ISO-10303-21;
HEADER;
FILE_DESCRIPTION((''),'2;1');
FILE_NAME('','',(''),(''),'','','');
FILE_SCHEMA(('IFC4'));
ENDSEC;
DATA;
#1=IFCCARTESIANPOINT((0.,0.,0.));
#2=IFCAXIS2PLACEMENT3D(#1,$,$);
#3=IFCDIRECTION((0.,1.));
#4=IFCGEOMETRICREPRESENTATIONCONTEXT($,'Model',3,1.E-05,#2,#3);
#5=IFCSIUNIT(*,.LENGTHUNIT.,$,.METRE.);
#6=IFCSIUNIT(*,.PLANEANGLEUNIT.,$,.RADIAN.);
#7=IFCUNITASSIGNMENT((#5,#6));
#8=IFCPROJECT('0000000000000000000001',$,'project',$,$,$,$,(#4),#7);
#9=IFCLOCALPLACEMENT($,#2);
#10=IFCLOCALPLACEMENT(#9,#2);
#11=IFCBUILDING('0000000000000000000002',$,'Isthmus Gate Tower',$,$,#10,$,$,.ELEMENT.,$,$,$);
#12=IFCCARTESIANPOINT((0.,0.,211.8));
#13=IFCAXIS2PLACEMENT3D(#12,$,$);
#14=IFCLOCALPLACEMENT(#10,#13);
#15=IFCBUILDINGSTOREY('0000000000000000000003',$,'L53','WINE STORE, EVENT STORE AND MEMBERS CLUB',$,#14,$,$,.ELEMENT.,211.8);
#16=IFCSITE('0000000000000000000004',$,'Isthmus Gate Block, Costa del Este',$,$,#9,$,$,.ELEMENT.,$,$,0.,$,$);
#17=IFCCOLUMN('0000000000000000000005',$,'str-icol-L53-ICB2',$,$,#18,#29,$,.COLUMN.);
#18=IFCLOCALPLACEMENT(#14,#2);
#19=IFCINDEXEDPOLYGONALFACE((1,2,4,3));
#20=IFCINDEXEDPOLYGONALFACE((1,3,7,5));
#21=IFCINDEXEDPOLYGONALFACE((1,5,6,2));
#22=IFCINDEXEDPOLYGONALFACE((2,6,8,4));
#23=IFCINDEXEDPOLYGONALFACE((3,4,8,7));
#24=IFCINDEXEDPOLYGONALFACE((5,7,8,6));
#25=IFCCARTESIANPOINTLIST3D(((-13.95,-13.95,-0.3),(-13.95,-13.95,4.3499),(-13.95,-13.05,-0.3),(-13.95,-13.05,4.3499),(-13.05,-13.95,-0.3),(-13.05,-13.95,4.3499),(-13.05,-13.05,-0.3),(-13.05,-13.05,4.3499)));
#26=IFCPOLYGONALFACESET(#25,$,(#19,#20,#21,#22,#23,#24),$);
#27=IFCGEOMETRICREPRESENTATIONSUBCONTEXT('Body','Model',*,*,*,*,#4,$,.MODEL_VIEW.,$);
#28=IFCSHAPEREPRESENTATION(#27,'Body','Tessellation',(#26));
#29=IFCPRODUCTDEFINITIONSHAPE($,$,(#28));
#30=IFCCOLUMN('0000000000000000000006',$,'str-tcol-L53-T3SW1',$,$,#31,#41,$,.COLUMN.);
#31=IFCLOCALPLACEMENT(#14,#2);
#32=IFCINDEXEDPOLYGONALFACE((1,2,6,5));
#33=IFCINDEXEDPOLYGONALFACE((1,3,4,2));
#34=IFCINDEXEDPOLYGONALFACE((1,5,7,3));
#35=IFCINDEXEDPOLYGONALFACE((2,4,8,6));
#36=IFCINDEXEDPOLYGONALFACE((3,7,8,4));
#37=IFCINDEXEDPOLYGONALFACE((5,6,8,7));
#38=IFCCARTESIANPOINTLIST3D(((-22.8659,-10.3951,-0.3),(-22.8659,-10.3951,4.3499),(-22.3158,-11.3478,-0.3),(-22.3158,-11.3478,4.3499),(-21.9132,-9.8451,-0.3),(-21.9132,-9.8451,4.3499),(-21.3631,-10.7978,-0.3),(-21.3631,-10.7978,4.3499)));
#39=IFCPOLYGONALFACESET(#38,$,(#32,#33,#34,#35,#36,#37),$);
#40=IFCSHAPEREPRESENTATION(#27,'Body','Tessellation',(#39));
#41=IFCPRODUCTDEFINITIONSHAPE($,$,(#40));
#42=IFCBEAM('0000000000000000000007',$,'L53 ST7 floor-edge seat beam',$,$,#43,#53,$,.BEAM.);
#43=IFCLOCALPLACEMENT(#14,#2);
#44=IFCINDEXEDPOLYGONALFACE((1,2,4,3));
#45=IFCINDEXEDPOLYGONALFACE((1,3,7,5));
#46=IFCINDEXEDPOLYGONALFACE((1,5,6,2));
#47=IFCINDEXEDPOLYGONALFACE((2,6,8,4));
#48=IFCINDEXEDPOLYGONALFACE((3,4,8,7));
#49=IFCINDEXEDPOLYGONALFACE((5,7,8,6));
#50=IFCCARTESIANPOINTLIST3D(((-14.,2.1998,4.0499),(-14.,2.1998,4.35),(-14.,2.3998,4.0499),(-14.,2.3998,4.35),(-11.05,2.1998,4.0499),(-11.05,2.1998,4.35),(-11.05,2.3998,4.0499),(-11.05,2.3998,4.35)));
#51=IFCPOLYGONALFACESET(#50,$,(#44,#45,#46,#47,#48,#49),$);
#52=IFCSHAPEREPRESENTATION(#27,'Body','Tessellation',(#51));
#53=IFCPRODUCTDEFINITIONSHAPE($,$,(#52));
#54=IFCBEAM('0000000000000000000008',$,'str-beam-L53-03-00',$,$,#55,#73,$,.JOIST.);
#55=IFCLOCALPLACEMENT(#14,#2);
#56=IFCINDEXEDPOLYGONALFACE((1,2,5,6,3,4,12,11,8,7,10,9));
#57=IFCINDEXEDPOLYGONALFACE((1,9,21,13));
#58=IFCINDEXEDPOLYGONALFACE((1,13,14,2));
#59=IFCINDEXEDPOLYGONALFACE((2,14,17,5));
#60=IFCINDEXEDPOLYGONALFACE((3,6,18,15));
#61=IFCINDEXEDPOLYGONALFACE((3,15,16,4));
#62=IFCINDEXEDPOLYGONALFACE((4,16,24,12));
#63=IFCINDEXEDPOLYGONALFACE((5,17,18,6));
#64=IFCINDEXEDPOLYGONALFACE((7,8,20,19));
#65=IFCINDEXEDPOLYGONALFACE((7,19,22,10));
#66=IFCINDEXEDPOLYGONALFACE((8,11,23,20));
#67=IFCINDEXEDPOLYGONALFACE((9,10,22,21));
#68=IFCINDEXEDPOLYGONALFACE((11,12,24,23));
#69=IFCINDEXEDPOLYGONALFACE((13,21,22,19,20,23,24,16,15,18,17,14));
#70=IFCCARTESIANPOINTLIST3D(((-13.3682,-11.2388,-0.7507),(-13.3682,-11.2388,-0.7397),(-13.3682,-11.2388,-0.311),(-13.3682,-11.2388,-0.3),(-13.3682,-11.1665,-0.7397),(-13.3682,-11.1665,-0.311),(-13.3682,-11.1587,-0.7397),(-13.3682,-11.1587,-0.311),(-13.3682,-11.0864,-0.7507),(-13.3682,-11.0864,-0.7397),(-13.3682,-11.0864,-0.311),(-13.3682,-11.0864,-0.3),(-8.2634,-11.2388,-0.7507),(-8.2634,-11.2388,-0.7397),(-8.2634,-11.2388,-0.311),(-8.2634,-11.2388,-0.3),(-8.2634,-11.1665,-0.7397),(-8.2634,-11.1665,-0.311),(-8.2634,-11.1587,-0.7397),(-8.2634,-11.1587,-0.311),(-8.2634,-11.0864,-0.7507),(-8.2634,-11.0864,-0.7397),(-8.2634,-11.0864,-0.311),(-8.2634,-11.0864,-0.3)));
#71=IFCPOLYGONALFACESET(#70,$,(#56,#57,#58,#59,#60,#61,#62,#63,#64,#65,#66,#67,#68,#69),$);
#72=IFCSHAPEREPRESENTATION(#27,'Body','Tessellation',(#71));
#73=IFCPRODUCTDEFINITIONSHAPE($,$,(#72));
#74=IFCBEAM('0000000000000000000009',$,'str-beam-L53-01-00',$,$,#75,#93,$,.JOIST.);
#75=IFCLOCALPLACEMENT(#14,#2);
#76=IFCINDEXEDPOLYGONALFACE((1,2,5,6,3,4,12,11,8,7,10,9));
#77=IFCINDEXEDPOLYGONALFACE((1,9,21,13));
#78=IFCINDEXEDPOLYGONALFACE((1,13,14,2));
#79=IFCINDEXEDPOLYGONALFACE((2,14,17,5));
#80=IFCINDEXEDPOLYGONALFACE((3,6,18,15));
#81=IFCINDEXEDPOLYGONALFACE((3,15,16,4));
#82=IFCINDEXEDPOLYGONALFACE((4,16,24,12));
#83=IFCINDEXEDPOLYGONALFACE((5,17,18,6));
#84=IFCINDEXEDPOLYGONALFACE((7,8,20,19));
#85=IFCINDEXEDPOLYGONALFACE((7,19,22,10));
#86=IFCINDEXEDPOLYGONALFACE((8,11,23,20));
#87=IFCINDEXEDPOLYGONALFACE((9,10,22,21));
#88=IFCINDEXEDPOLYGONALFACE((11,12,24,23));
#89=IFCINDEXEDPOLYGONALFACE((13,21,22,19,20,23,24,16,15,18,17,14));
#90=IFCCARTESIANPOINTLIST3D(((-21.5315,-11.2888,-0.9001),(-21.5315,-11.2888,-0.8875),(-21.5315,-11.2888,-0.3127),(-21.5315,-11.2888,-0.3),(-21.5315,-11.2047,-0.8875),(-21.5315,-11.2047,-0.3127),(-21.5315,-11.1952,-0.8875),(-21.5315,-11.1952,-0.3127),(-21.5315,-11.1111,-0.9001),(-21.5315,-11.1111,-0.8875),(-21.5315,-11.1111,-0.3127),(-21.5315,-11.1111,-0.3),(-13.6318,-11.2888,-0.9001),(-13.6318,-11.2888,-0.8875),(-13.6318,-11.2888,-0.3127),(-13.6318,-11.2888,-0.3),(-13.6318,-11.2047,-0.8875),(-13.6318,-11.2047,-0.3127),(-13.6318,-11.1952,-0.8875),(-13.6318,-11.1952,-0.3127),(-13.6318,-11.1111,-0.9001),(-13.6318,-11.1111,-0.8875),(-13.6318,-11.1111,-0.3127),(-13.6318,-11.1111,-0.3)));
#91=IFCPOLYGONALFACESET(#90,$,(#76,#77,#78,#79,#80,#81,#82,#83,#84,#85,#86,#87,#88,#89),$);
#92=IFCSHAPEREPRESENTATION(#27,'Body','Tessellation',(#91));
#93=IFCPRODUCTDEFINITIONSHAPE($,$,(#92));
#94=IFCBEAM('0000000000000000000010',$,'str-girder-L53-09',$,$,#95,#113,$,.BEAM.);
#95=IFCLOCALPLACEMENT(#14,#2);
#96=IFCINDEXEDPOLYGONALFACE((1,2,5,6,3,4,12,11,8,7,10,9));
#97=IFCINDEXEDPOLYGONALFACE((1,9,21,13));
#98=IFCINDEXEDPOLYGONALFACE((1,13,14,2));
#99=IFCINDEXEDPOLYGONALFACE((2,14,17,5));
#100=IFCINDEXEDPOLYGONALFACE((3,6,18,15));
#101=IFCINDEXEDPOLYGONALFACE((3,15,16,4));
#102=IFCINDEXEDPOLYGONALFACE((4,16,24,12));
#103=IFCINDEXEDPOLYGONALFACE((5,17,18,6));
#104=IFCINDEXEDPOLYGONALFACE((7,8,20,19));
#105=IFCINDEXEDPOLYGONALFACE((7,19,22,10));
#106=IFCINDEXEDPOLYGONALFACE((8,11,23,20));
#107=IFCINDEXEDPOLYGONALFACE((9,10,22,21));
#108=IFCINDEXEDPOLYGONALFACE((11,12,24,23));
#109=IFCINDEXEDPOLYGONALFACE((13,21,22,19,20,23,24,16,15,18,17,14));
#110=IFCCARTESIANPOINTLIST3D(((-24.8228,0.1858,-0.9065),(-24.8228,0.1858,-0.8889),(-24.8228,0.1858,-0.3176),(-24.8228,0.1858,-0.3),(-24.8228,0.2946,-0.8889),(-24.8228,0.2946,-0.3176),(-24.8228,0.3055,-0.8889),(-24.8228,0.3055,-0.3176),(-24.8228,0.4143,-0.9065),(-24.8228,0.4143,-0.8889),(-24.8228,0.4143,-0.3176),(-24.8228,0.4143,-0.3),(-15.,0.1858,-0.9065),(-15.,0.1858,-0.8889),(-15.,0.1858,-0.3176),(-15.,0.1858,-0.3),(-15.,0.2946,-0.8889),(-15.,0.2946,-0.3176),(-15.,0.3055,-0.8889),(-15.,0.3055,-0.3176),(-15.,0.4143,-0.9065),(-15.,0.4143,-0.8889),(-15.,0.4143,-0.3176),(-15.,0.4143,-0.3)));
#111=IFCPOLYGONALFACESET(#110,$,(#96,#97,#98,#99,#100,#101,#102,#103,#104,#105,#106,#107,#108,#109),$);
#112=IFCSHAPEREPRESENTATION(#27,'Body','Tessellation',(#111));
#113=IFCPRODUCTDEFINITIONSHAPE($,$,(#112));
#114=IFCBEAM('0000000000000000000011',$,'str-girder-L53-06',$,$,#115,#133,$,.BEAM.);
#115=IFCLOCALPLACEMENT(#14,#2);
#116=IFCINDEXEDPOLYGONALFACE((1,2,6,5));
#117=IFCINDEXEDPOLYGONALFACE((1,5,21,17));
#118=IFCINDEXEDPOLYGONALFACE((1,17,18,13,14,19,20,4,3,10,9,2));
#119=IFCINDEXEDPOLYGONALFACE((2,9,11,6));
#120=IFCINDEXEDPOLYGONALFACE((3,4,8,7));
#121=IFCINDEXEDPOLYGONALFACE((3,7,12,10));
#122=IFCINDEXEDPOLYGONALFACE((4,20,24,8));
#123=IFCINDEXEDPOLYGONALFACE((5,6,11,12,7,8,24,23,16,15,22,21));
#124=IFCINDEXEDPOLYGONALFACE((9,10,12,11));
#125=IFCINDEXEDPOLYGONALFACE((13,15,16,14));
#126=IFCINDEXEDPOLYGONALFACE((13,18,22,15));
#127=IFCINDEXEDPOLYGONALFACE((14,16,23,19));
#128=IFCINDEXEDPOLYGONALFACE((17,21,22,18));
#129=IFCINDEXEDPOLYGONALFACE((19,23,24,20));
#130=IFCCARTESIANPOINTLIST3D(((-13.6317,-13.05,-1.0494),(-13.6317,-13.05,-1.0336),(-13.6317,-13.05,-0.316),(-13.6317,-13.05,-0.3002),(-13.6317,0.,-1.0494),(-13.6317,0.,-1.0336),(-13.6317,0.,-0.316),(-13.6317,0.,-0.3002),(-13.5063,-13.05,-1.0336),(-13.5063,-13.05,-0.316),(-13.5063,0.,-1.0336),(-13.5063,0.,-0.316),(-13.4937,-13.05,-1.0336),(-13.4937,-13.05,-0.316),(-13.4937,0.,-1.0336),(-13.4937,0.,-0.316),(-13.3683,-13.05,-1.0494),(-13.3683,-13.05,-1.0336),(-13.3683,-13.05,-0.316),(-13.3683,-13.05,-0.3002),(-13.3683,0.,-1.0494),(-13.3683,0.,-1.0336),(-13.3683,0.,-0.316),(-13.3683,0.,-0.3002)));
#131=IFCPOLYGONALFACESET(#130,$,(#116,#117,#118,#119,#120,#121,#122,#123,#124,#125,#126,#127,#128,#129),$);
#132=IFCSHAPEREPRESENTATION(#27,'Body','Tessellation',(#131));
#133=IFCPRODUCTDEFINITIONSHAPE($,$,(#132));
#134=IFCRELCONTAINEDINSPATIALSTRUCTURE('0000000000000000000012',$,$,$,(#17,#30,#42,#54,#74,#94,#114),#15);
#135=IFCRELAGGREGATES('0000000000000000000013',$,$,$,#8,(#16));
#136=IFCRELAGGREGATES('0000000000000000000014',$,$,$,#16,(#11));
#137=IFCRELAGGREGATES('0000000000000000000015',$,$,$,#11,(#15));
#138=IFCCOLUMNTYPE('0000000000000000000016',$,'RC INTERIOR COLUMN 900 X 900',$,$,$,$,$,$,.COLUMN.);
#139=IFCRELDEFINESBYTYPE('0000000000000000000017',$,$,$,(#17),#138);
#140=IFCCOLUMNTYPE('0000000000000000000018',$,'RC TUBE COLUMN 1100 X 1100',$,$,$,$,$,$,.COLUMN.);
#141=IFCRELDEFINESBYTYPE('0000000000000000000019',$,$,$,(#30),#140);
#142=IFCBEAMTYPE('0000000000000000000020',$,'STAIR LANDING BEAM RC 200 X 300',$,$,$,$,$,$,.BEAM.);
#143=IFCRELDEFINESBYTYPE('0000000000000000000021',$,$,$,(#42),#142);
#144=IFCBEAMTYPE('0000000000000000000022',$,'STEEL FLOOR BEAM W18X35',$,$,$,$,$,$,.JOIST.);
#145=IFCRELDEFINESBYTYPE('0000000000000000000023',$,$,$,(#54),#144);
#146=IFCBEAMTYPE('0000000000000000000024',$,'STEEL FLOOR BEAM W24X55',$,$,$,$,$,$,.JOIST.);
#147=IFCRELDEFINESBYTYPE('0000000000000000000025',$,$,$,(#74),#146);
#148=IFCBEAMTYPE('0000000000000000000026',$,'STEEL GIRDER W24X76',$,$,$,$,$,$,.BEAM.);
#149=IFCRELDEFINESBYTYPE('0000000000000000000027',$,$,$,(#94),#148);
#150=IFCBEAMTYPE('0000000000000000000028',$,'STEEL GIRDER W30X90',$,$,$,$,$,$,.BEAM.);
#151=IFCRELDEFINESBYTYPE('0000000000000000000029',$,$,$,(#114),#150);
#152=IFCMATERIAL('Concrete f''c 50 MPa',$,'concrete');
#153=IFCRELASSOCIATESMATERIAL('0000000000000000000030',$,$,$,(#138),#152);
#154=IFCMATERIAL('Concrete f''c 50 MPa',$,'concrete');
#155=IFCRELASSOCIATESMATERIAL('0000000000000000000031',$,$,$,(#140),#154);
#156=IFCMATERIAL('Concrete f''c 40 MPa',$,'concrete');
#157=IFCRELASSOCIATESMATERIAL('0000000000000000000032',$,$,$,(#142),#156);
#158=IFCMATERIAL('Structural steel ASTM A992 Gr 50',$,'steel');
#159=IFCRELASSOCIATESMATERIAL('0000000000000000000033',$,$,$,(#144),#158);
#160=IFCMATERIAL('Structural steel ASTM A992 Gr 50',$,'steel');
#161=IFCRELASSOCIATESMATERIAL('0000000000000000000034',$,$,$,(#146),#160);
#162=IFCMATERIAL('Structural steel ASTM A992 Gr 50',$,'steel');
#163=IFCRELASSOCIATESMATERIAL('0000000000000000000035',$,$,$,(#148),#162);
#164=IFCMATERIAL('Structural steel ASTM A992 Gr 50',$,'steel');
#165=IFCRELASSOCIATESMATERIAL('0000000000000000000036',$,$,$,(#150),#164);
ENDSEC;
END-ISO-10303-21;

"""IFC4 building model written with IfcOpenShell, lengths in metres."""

from ifc_helpers import new_model, si_unit, direction, frame, origin, origin_2d, place, context, subcontext, project, spatial, rectangle, i_section, extrude, material, material_profile, profile_set, type_object, element, save


model = new_model("IFC4")

# Units and contexts
model_context = context("Model", 3, precision=1e-05, world=origin(), true_north=direction((0.0, 1.0)))
body_context = subcontext(model_context, "Body", "Model", "MODEL_VIEW")
ifc_project = project(units=[si_unit("LENGTHUNIT", "METRE"), si_unit("PLANEANGLEUNIT", "RADIAN")], contexts=[model_context])

# Site, building, storey
site_placement = place(None, origin())
site = spatial("IfcSite", under=ifc_project, at=site_placement, Name="Isthmus Gate Block, Costa del Este", CompositionType="ELEMENT", RefElevation=0.0)
building_placement = place(site_placement, origin())
building = spatial("IfcBuilding", under=site, at=building_placement, Name="Isthmus Gate Tower", CompositionType="ELEMENT")
storey_placement = place(building_placement, frame((0.0, 0.0, 211.8)))
storey = spatial("IfcBuildingStorey", under=building, at=storey_placement, Name="L53", Description="WINE STORE, EVENT STORE AND MEMBERS CLUB", CompositionType="ELEMENT", Elevation=211.8)

# Columns
ifc_material_1 = material(Name="Concrete f'c 50 MPa", Category="concrete")
ifc_material_profile_1 = material_profile(ifc_material_1, rectangle(XDim=0.8999, YDim=0.8999, at=origin_2d()), Name="RC 900X900")
ifc_profile_set_1 = profile_set([ifc_material_profile_1], Name="Concrete f'c 50 MPa")
column_type_1 = type_object("IfcColumnType", Name="RC INTERIOR COLUMN 900 X 900", PredefinedType="COLUMN", material=ifc_profile_set_1)
column_1_placement = place(storey_placement, frame((-13.5, -13.5, -0.3), z_axis=(0.0, 0.0, 1.0), x_axis=(1.0, 0.0, 0.0)))
element("IfcColumn", 1, at=column_1_placement, inside=storey, type_object=column_type_1, Name="str-icol-L53-ICB2", PredefinedType="COLUMN", context=body_context, shape_type="SweptSolid", body=[
    extrude(rectangle(XDim=0.8999, YDim=0.8999, at=origin_2d()), origin(), (0.0, 0.0, 1.0), 4.6499),
])
ifc_material_2 = material(Name="Concrete f'c 50 MPa", Category="concrete")
ifc_material_profile_2 = material_profile(ifc_material_2, rectangle(XDim=1.1001, YDim=1.1001, at=origin_2d()), Name="RC 1100X1100")
ifc_profile_set_2 = profile_set([ifc_material_profile_2], Name="Concrete f'c 50 MPa")
column_type_2 = type_object("IfcColumnType", Name="RC TUBE COLUMN 1100 X 1100", PredefinedType="COLUMN", material=ifc_profile_set_2)
column_2_placement = place(storey_placement, frame((-22.1145, -10.5964, -0.3), z_axis=(0.0, 0.0, 1.0), x_axis=(0.5, -0.866025, 0.0)))
element("IfcColumn", 2, at=column_2_placement, inside=storey, type_object=column_type_2, Name="str-tcol-L53-T3SW1", PredefinedType="COLUMN", context=body_context, shape_type="SweptSolid", body=[
    extrude(rectangle(XDim=1.1001, YDim=1.1001, at=origin_2d()), origin(), (0.0, 0.0, 1.0), 4.6499),
])

# Beams
ifc_material_3 = material(Name="Concrete f'c 40 MPa", Category="concrete")
ifc_material_profile_3 = material_profile(ifc_material_3, rectangle(XDim=0.2, YDim=0.3, at=origin_2d()), Name="STAIR LANDING BEAM RC 200 X 300")
ifc_profile_set_3 = profile_set([ifc_material_profile_3], Name="Concrete f'c 40 MPa")
beam_type_1 = type_object("IfcBeamType", Name="STAIR LANDING BEAM RC 200 X 300", PredefinedType="BEAM", material=ifc_profile_set_3)
beam_1_placement = place(storey_placement, frame((-14.0, 2.2998, 4.2), z_axis=(1.0, 0.0, 0.0), x_axis=(0.0, 1.0, 0.0)))
element("IfcBeam", 3, at=beam_1_placement, inside=storey, type_object=beam_type_1, Name="L53 ST7 floor-edge seat beam", PredefinedType="BEAM", context=body_context, shape_type="SweptSolid", body=[
    extrude(rectangle(XDim=0.2, YDim=0.3, at=origin_2d()), origin(), (0.0, 0.0, 1.0), 2.95),
])
ifc_material_4 = material(Name="Structural steel ASTM A992 Gr 50", Category="steel")
ifc_material_profile_4 = material_profile(ifc_material_4, i_section(OverallWidth=0.1523, OverallDepth=0.4507, WebThickness=0.0078, FlangeThickness=0.011, at=origin_2d()), Name="W18X35")
ifc_profile_set_4 = profile_set([ifc_material_profile_4], Name="Structural steel ASTM A992 Gr 50")
beam_type_2 = type_object("IfcBeamType", Name="STEEL FLOOR BEAM W18X35", PredefinedType="JOIST", material=ifc_profile_set_4)
beam_2_placement = place(storey_placement, frame((-13.3682, -11.1626, -0.5254), z_axis=(1.0, 0.0, 0.0), x_axis=(0.0, 1.0, 0.0)))
element("IfcBeam", 4, at=beam_2_placement, inside=storey, type_object=beam_type_2, Name="str-beam-L53-03-00", PredefinedType="JOIST", context=body_context, shape_type="SweptSolid", body=[
    extrude(i_section(OverallWidth=0.1523, OverallDepth=0.4507, WebThickness=0.0078, FlangeThickness=0.011, at=origin_2d()), origin(), (0.0, 0.0, 1.0), 5.1047),
])
ifc_material_5 = material(Name="Structural steel ASTM A992 Gr 50", Category="steel")
ifc_material_profile_5 = material_profile(ifc_material_5, i_section(OverallWidth=0.1777, OverallDepth=0.6001, WebThickness=0.0095, FlangeThickness=0.0127, at=origin_2d()), Name="W24X55")
ifc_profile_set_5 = profile_set([ifc_material_profile_5], Name="Structural steel ASTM A992 Gr 50")
beam_type_3 = type_object("IfcBeamType", Name="STEEL FLOOR BEAM W24X55", PredefinedType="JOIST", material=ifc_profile_set_5)
beam_3_placement = place(storey_placement, frame((-21.5315, -11.2, -0.6001), z_axis=(1.0, 0.0, 0.0), x_axis=(0.0, 1.0, 0.0)))
element("IfcBeam", 5, at=beam_3_placement, inside=storey, type_object=beam_type_3, Name="str-beam-L53-01-00", PredefinedType="JOIST", context=body_context, shape_type="SweptSolid", body=[
    extrude(i_section(OverallWidth=0.1777, OverallDepth=0.6001, WebThickness=0.0095, FlangeThickness=0.0127, at=origin_2d()), origin(), (0.0, 0.0, 1.0), 7.8997),
])
ifc_material_6 = material(Name="Structural steel ASTM A992 Gr 50", Category="steel")
ifc_material_profile_6 = material_profile(ifc_material_6, i_section(OverallWidth=0.2285, OverallDepth=0.6064, WebThickness=0.011, FlangeThickness=0.0176, at=origin_2d()), Name="W24X76")
ifc_profile_set_6 = profile_set([ifc_material_profile_6], Name="Structural steel ASTM A992 Gr 50")
beam_type_4 = type_object("IfcBeamType", Name="STEEL GIRDER W24X76", PredefinedType="BEAM", material=ifc_profile_set_6)
beam_4_placement = place(storey_placement, frame((-15.0, 0.3, -0.6033), z_axis=(-1.0, 0.0, 0.0), x_axis=(0.0, -1.0, 0.0)))
element("IfcBeam", 6, at=beam_4_placement, inside=storey, type_object=beam_type_4, Name="str-girder-L53-09", PredefinedType="BEAM", context=body_context, shape_type="SweptSolid", body=[
    extrude(i_section(OverallWidth=0.2285, OverallDepth=0.6064, WebThickness=0.011, FlangeThickness=0.0176, at=origin_2d()), origin(), (0.0, 0.0, 1.0), 9.8228),
])
ifc_material_7 = material(Name="Structural steel ASTM A992 Gr 50", Category="steel")
ifc_material_profile_7 = material_profile(ifc_material_7, i_section(OverallWidth=0.2634, OverallDepth=0.7493, WebThickness=0.0127, FlangeThickness=0.0159, at=origin_2d()), Name="W30X90")
ifc_profile_set_7 = profile_set([ifc_material_profile_7], Name="Structural steel ASTM A992 Gr 50")
beam_type_5 = type_object("IfcBeamType", Name="STEEL GIRDER W30X90", PredefinedType="BEAM", material=ifc_profile_set_7)
beam_5_placement = place(storey_placement, frame((-13.5, -13.05, -0.6748), z_axis=(0.0, 1.0, 0.0), x_axis=(-1.0, 0.0, 0.0)))
element("IfcBeam", 7, at=beam_5_placement, inside=storey, type_object=beam_type_5, Name="str-girder-L53-06", PredefinedType="BEAM", context=body_context, shape_type="SweptSolid", body=[
    extrude(i_section(OverallWidth=0.2634, OverallDepth=0.7493, WebThickness=0.0127, FlangeThickness=0.0159, at=origin_2d()), origin(), (0.0, 0.0, 1.0), 13.05),
])

save(model, "model.ifc")
